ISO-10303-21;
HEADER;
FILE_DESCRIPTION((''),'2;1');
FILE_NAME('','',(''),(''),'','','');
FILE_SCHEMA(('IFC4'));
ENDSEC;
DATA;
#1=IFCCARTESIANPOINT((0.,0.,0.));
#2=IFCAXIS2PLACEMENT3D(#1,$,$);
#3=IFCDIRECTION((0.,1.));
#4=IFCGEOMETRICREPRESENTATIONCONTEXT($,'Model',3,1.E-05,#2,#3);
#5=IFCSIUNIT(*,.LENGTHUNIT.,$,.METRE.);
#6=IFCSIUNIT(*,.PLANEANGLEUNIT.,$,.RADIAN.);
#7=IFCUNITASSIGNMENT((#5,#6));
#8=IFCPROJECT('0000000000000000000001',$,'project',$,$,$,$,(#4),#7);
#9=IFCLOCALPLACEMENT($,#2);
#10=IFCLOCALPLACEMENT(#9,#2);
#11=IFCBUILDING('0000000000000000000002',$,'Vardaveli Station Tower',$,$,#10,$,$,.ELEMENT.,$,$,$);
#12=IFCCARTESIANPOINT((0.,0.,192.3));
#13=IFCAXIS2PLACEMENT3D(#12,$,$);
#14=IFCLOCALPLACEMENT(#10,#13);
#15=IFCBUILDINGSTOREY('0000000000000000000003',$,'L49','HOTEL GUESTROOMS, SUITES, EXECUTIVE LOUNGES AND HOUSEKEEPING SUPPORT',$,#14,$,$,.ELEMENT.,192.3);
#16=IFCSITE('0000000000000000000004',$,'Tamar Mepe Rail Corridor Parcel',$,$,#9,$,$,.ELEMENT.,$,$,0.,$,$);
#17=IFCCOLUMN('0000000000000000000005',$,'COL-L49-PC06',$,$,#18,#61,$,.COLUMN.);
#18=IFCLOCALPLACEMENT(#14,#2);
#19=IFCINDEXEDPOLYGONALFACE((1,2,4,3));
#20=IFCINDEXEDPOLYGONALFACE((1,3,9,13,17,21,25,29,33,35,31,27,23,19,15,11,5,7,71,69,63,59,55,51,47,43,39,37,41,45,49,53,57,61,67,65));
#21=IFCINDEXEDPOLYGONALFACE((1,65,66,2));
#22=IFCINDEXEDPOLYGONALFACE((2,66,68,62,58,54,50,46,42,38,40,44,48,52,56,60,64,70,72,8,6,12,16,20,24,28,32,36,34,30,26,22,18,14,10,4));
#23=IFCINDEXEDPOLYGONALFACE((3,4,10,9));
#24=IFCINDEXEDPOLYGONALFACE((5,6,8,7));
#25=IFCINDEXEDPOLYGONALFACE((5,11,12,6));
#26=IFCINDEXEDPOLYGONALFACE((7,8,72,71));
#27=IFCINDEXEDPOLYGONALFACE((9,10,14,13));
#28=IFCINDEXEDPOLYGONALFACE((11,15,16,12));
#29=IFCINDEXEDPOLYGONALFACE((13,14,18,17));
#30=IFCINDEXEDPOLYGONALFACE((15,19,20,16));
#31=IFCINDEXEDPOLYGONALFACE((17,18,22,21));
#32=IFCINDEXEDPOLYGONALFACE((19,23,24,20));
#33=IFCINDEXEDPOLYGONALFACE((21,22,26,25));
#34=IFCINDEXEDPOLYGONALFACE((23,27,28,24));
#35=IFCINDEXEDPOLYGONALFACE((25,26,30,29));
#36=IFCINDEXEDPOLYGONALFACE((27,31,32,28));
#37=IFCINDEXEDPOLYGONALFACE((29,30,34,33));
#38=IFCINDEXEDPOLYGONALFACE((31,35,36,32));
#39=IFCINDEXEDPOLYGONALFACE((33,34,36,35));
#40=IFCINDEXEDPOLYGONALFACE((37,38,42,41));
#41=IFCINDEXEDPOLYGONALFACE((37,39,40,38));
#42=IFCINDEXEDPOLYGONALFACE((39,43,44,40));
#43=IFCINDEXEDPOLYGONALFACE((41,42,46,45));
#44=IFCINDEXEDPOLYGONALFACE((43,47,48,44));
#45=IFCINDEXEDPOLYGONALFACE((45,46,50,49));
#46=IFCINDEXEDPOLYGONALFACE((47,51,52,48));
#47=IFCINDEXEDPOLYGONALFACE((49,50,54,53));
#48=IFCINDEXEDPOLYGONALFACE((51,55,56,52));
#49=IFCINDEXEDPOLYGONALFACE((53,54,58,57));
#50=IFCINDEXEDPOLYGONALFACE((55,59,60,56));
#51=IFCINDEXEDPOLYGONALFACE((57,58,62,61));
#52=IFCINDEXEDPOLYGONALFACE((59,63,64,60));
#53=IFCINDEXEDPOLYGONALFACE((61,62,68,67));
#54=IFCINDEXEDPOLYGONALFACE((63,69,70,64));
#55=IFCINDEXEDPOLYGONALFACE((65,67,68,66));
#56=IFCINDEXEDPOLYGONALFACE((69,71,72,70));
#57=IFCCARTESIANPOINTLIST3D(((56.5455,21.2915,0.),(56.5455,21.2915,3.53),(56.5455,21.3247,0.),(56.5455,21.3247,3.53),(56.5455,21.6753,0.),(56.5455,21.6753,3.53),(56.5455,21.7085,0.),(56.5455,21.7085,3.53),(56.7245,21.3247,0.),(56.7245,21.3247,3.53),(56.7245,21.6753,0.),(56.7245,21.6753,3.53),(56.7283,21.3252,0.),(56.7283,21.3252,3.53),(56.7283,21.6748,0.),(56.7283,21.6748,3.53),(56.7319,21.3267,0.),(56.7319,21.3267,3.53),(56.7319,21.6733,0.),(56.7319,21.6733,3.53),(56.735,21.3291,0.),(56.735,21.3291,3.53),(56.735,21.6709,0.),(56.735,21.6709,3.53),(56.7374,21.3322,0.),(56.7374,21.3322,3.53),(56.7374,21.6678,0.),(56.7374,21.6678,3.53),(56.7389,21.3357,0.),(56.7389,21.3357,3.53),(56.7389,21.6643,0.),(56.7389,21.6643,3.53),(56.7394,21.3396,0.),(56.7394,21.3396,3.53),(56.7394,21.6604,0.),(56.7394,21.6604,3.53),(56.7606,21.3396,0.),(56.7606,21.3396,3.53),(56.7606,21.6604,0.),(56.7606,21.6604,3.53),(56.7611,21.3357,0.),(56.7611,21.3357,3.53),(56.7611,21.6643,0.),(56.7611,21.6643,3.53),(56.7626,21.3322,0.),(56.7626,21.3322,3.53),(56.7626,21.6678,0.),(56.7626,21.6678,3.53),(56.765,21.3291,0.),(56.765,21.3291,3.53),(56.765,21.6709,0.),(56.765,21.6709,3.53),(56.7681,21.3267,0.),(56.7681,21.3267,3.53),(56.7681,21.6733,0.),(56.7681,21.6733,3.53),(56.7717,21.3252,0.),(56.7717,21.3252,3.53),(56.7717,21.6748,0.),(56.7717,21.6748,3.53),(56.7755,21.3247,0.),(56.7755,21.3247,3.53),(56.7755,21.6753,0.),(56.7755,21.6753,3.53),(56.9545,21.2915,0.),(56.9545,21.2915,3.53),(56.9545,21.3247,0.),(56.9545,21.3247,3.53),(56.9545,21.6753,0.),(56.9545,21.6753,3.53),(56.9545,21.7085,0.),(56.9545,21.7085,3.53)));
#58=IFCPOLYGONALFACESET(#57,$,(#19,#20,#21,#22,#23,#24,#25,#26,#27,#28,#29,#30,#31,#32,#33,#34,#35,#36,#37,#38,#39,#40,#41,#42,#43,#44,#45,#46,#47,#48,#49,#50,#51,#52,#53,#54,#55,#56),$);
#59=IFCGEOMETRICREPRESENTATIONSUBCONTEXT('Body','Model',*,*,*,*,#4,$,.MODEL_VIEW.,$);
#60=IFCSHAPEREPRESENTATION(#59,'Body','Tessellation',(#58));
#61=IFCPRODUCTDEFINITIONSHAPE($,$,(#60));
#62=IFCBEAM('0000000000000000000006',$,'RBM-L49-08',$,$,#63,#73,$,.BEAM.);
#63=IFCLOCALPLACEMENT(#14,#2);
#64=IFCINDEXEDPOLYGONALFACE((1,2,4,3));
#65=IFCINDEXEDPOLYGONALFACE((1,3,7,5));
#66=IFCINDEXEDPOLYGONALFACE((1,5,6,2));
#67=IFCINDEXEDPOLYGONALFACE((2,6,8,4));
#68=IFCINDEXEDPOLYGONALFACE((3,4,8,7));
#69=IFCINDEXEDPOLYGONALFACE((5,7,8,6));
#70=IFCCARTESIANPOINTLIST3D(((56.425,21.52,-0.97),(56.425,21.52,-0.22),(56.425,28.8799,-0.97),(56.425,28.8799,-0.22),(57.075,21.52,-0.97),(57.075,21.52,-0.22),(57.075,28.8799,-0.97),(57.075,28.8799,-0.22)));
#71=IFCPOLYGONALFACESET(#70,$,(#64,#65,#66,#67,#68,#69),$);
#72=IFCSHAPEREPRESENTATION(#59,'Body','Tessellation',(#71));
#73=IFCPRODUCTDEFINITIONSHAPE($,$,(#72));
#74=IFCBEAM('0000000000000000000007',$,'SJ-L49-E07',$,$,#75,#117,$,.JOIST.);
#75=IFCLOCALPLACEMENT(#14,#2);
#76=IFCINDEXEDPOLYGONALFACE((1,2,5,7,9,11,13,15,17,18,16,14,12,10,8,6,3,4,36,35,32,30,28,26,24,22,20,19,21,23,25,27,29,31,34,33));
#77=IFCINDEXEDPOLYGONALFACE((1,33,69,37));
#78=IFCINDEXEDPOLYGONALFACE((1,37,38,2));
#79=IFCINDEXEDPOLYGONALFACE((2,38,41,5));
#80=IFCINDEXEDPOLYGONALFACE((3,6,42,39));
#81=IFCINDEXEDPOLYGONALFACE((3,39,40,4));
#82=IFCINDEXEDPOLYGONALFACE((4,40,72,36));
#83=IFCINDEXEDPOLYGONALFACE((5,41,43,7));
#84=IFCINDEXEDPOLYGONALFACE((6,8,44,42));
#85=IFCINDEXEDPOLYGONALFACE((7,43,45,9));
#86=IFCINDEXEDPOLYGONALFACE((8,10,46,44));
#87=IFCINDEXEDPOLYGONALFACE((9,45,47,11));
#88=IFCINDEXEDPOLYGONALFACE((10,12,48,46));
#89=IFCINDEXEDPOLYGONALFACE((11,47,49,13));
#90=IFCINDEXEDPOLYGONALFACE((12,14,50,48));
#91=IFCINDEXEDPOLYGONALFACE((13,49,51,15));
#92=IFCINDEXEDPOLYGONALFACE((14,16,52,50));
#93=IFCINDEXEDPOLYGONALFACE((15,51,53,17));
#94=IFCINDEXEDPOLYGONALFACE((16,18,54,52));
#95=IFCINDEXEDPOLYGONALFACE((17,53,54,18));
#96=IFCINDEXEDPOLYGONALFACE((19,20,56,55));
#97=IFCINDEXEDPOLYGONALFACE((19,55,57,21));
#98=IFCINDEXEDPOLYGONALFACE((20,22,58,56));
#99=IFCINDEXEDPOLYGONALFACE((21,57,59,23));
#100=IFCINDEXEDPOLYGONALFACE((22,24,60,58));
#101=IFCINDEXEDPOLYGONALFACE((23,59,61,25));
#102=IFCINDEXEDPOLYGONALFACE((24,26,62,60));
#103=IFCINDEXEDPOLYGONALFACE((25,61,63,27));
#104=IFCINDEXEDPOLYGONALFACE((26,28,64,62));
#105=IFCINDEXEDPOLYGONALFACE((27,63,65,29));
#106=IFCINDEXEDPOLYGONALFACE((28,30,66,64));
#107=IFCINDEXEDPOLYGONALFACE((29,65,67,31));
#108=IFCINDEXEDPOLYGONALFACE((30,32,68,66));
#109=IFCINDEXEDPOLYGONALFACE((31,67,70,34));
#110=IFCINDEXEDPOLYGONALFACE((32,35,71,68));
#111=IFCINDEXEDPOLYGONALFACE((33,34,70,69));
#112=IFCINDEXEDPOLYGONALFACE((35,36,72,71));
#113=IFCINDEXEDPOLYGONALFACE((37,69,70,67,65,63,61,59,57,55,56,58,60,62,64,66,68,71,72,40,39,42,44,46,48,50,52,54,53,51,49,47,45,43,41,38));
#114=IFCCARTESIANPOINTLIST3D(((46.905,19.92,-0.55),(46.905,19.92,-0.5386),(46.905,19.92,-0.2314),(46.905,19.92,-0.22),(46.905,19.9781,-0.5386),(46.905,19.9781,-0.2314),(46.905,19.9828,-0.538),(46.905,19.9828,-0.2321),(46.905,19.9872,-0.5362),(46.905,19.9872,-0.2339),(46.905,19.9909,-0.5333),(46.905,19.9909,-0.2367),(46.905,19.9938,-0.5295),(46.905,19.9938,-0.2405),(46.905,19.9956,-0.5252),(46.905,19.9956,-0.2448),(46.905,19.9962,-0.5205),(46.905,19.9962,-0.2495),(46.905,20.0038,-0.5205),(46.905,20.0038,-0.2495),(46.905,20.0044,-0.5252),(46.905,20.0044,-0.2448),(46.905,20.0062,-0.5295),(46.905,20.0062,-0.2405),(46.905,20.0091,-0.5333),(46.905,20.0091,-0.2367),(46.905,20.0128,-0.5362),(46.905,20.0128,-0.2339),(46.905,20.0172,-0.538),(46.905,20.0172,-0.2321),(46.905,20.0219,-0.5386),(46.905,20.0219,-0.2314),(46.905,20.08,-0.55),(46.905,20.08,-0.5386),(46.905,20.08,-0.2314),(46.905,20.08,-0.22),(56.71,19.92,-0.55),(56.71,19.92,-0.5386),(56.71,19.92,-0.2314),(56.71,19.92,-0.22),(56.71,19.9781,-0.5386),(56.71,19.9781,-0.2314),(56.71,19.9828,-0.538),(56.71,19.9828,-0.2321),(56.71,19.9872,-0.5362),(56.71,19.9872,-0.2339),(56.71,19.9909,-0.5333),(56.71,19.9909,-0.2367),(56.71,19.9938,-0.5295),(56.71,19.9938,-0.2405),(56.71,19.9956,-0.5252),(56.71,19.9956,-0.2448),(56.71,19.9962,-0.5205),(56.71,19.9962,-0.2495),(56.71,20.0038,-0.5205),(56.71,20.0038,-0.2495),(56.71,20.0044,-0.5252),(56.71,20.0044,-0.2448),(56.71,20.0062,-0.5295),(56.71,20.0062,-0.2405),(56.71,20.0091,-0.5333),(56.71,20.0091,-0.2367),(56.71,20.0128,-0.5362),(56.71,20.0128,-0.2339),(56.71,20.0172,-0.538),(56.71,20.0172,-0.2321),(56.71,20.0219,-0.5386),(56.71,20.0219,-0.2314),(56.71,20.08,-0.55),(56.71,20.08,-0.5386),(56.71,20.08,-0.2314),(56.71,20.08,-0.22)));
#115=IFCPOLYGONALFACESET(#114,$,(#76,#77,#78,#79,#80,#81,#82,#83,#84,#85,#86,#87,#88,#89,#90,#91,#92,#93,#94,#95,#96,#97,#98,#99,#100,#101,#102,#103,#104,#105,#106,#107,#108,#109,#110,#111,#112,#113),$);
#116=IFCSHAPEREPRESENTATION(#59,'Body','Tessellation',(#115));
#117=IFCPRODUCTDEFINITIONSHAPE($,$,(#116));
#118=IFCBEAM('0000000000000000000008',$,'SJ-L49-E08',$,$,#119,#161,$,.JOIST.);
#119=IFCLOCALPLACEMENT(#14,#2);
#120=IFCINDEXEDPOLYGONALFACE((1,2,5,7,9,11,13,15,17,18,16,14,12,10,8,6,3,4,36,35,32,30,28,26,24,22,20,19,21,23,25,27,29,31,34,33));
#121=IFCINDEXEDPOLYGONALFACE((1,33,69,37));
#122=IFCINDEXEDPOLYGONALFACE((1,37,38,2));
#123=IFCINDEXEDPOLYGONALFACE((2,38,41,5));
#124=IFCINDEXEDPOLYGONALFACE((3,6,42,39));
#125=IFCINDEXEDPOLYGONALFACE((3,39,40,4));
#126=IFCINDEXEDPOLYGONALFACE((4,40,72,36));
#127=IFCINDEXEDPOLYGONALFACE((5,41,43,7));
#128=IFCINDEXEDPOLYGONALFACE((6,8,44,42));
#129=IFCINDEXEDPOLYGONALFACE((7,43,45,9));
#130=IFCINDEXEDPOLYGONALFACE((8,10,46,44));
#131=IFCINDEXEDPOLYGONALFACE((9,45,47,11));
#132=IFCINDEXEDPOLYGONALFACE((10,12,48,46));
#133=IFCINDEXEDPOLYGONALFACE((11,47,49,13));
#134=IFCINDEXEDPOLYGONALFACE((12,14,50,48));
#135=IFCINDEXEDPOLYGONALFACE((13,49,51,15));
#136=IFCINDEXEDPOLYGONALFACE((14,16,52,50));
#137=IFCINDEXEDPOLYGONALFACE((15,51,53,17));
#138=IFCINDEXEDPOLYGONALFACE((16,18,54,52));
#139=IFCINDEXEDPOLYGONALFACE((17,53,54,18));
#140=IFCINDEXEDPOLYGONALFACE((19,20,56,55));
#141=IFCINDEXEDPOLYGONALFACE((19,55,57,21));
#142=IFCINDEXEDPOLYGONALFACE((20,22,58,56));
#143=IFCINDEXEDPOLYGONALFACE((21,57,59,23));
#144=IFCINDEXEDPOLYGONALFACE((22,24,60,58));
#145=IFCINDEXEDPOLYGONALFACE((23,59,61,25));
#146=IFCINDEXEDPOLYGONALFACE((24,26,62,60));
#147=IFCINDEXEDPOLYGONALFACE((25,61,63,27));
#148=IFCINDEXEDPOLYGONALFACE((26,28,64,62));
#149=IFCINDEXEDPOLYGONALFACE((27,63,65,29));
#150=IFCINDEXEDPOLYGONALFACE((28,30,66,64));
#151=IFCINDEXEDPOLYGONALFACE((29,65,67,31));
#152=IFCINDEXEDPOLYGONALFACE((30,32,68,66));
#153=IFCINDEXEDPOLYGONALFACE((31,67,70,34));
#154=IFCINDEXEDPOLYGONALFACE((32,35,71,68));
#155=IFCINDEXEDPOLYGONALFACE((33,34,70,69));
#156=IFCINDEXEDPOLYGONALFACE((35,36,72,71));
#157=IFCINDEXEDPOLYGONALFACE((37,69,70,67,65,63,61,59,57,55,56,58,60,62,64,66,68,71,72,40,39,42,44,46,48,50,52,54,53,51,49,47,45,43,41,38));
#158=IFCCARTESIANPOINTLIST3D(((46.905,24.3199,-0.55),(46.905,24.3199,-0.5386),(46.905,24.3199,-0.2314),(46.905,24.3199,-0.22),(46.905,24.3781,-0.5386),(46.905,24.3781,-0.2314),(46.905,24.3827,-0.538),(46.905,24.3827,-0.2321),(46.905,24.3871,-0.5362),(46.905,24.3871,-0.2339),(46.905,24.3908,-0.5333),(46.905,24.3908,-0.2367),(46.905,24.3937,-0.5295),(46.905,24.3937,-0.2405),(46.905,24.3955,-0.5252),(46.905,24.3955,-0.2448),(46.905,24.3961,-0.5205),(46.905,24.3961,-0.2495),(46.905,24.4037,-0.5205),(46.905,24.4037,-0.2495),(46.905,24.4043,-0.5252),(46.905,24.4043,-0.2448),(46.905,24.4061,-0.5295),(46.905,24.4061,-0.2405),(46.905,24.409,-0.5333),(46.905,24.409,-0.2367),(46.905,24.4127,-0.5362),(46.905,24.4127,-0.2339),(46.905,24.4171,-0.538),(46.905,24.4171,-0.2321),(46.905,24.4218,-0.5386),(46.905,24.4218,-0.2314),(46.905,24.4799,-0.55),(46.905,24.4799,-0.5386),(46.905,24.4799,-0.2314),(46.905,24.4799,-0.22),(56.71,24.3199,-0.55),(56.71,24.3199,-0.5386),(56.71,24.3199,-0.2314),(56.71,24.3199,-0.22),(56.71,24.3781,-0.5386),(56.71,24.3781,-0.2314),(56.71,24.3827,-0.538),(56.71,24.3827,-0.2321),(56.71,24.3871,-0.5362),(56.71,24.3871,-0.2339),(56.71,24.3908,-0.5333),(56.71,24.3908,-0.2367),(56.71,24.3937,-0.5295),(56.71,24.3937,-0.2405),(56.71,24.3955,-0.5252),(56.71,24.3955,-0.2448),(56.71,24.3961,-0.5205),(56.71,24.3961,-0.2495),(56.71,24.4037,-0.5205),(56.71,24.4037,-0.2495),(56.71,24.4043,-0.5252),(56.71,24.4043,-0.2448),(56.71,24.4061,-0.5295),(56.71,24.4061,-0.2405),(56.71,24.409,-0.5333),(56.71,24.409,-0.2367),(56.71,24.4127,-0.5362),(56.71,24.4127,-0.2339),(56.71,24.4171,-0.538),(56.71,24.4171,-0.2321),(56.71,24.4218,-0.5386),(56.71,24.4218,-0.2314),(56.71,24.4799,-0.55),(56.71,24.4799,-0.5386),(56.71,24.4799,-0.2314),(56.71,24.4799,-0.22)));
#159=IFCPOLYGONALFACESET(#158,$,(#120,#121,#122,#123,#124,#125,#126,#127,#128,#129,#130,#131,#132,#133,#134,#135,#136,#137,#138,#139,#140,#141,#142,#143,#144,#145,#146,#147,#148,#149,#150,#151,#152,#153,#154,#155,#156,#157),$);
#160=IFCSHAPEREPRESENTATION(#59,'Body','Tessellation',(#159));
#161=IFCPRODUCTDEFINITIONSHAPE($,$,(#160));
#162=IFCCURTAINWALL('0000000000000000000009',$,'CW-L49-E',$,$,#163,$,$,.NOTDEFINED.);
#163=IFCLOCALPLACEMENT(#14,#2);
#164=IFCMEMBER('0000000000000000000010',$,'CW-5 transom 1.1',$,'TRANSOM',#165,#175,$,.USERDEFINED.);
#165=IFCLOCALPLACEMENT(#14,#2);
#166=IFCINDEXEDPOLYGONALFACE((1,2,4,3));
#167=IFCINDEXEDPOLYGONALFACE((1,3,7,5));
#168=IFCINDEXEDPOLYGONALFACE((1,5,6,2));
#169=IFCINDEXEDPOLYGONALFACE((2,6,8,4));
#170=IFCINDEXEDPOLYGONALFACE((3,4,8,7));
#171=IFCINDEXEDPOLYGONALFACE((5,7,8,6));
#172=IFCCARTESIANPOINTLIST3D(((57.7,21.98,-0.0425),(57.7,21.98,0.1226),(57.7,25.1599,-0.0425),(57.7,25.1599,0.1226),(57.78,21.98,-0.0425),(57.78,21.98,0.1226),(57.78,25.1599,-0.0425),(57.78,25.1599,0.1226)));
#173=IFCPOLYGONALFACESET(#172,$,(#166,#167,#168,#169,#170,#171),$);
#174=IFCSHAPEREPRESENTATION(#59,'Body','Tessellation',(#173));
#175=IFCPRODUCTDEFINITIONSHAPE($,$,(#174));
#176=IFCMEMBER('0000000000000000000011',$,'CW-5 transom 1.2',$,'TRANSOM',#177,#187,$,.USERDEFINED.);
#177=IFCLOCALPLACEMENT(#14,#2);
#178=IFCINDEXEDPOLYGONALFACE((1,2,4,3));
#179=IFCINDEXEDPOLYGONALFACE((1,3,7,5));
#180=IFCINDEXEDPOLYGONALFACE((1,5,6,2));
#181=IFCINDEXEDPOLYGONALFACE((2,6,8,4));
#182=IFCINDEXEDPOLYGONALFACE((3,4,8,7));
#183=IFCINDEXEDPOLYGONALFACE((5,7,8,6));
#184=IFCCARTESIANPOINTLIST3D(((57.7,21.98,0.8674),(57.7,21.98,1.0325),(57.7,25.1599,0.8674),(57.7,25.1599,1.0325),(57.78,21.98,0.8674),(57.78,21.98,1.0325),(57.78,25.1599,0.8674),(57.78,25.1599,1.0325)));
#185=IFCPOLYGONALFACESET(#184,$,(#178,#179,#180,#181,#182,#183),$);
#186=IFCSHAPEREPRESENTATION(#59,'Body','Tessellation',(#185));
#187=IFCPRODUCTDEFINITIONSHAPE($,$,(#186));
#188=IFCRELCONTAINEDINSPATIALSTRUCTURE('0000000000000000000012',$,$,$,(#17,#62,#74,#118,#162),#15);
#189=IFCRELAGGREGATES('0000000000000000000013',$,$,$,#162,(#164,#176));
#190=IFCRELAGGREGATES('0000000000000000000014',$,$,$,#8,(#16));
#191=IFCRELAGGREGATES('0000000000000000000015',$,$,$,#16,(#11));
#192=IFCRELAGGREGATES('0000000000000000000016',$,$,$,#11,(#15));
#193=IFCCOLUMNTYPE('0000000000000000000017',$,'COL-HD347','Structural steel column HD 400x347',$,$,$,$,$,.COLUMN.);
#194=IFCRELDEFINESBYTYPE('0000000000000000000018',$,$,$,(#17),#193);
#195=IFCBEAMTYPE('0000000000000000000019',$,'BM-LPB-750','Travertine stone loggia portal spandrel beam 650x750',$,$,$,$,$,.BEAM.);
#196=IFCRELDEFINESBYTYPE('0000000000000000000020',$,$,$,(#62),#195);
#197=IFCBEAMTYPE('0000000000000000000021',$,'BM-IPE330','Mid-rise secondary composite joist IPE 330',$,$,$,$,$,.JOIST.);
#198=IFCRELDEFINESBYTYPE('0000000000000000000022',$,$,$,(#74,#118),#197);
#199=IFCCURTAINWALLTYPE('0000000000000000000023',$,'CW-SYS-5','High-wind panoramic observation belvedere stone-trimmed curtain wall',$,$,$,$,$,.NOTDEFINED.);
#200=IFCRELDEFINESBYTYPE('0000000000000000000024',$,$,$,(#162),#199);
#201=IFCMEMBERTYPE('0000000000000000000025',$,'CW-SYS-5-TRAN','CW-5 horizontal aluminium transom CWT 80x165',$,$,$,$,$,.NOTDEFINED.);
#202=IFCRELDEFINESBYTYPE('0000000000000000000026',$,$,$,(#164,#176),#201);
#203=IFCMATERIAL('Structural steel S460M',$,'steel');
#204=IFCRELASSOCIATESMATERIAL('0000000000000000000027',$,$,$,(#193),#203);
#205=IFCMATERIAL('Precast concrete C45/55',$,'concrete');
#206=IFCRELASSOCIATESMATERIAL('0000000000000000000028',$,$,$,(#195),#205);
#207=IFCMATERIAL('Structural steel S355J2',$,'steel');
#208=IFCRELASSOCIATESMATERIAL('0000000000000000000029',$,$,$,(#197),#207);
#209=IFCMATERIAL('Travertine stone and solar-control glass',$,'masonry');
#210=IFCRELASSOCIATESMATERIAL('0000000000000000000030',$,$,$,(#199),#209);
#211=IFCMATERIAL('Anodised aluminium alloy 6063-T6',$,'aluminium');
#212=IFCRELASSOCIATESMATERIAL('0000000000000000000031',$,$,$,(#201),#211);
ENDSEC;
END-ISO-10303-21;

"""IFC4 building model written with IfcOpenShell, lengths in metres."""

from ifc_helpers import new_model, si_unit, direction, frame, origin, origin_2d, place, context, subcontext, project, spatial, rectangle, i_section, extrude, source, transform, mapped, material, material_profile, profile_set, type_object, element, aggregate, save


model = new_model("IFC4")

# Units and contexts
model_context = context("Model", 3, precision=1e-05, world=origin(), true_north=direction((0.0, 1.0)))
body_context = subcontext(model_context, "Body", "Model", "MODEL_VIEW")
ifc_project = project(units=[si_unit("LENGTHUNIT", "METRE"), si_unit("PLANEANGLEUNIT", "RADIAN")], contexts=[model_context])

# Site, building, storey
site_placement = place(None, origin())
site = spatial("IfcSite", under=ifc_project, at=site_placement, Name="Tamar Mepe Rail Corridor Parcel", CompositionType="ELEMENT", RefElevation=0.0)
building_placement = place(site_placement, origin())
building = spatial("IfcBuilding", under=site, at=building_placement, Name="Vardaveli Station Tower", CompositionType="ELEMENT")
storey_placement = place(building_placement, frame((0.0, 0.0, 192.3)))
storey = spatial("IfcBuildingStorey", under=building, at=storey_placement, Name="L49", Description="HOTEL GUESTROOMS, SUITES, EXECUTIVE LOUNGES AND HOUSEKEEPING SUPPORT", CompositionType="ELEMENT", Elevation=192.3)

# Column
ifc_material_1 = material(Name="Structural steel S460M", Category="steel")
ifc_material_profile_1 = material_profile(ifc_material_1, i_section(OverallWidth=0.4089, OverallDepth=0.417, WebThickness=0.0212, FlangeThickness=0.0332, FilletRadius=0.0149, at=origin_2d()), Name="HD 400x347")
ifc_profile_set_1 = profile_set([ifc_material_profile_1], Name="Structural steel S460M")
column_type = type_object("IfcColumnType", Name="COL-HD347", Description="Structural steel column HD 400x347", PredefinedType="COLUMN", material=ifc_profile_set_1)
shared_shape_1 = source(origin(), body_context, "Body", "SweptSolid", [
    extrude(i_section(OverallWidth=0.4089, OverallDepth=0.417, WebThickness=0.0212, FlangeThickness=0.0332, FilletRadius=0.0149, at=origin_2d()), origin(), (0.0, 0.0, 1.0), 3.53),
])
column_placement = place(storey_placement, frame((56.75, 21.5, 0.0), z_axis=(0.0, 0.0, 1.0), x_axis=(1.0, 0.0, 0.0)))
element("IfcColumn", 1, at=column_placement, inside=storey, type_object=column_type, Name="COL-L49-PC06", PredefinedType="COLUMN", context=body_context, shape_type="MappedRepresentation", body=[
    mapped(shared_shape_1, transform((0.0, 0.0, 0.0), scale=1.0)),
])

# Beams
ifc_material_2 = material(Name="Precast concrete C45/55", Category="concrete")
ifc_material_profile_2 = material_profile(ifc_material_2, rectangle(XDim=0.6499, YDim=0.75, at=origin_2d()), Name="LPB 650x750")
ifc_profile_set_2 = profile_set([ifc_material_profile_2], Name="Precast concrete C45/55")
beam_type_1 = type_object("IfcBeamType", Name="BM-LPB-750", Description="Travertine stone loggia portal spandrel beam 650x750", PredefinedType="BEAM", material=ifc_profile_set_2)
shared_shape_2 = source(origin(), body_context, "Body", "SweptSolid", [
    extrude(rectangle(XDim=0.6499, YDim=0.75, at=origin_2d()), origin(), (0.0, 0.0, 1.0), 7.3599),
])
beam_placement = place(storey_placement, frame((56.75, 21.52, -0.595), z_axis=(0.0, 1.0, 0.0), x_axis=(-1.0, 0.0, 0.0)))
element("IfcBeam", 2, at=beam_placement, inside=storey, type_object=beam_type_1, Name="RBM-L49-08", PredefinedType="BEAM", context=body_context, shape_type="MappedRepresentation", body=[
    mapped(shared_shape_2, transform((0.0, 0.0, 0.0), scale=1.0)),
])
ifc_material_3 = material(Name="Structural steel S355J2", Category="steel")
ifc_material_profile_3 = material_profile(ifc_material_3, i_section(OverallWidth=0.1599, OverallDepth=0.3301, WebThickness=0.0076, FlangeThickness=0.0115, FilletRadius=0.0181, at=origin_2d()), Name="IPE 330")
ifc_profile_set_3 = profile_set([ifc_material_profile_3], Name="Structural steel S355J2")
beam_type_2 = type_object("IfcBeamType", Name="BM-IPE330", Description="Mid-rise secondary composite joist IPE 330", PredefinedType="JOIST", material=ifc_profile_set_3)
shared_shape_3 = source(origin(), body_context, "Body", "SweptSolid", [
    extrude(i_section(OverallWidth=0.1599, OverallDepth=0.3301, WebThickness=0.0076, FlangeThickness=0.0115, FilletRadius=0.0181, at=origin_2d()), origin(), (0.0, 0.0, 1.0), 9.8049),
])
for number, where, z_axis, x_axis, name in (
    (3, (46.905, 20.0, -0.385), (1.0, 0.0, 0.0), (0.0, 1.0, 0.0), "SJ-L49-E07"),
    (4, (46.905, 24.3999, -0.385), (1.0, 0.0, 0.0), (0.0, 1.0, 0.0), "SJ-L49-E08"),
):
    element("IfcBeam", number, at=place(storey_placement, frame(where, z_axis=z_axis, x_axis=x_axis)), inside=storey, type_object=beam_type_2, Name=name, PredefinedType="JOIST", context=body_context, shape_type="MappedRepresentation", body=[
        mapped(shared_shape_3, transform((0.0, 0.0, 0.0), scale=1.0)),
    ])

# Curtain wall, members
ifc_material_4 = material(Name="Travertine stone and solar-control glass", Category="masonry")
curtain_wall_type = type_object("IfcCurtainWallType", Name="CW-SYS-5", Description="High-wind panoramic observation belvedere stone-trimmed curtain wall", PredefinedType="NOTDEFINED", material=ifc_material_4)
curtain_wall_placement = place(storey_placement, origin())
curtain_wall = element("IfcCurtainWall", 5, at=curtain_wall_placement, inside=storey, type_object=curtain_wall_type, Name="CW-L49-E", PredefinedType="NOTDEFINED")
ifc_material_5 = material(Name="Anodised aluminium alloy 6063-T6", Category="aluminium")
ifc_material_profile_4 = material_profile(ifc_material_5, rectangle(XDim=0.0801, YDim=0.165, at=origin_2d()), Name="CWT 80x165")
ifc_profile_set_4 = profile_set([ifc_material_profile_4], Name="Anodised aluminium alloy 6063-T6")
member_type_1 = type_object("IfcMemberType", Name="CW-SYS-5-TRAN", Description="CW-5 horizontal aluminium transom CWT 80x165", PredefinedType="NOTDEFINED", material=ifc_profile_set_4)
shared_shape_4 = source(origin(), body_context, "Body", "SweptSolid", [
    extrude(rectangle(XDim=0.0801, YDim=0.165, at=origin_2d()), origin(), (0.0, 0.0, 1.0), 3.1799),
])
member_1_placement = place(storey_placement, frame((57.74, 21.98, 0.04), z_axis=(0.0, 1.0, 0.0), x_axis=(-1.0, 0.0, 0.0)))
member_1 = element("IfcMember", 6, at=member_1_placement, type_object=member_type_1, Name="CW-5 transom 1.1", ObjectType="TRANSOM", PredefinedType="USERDEFINED", context=body_context, shape_type="MappedRepresentation", body=[
    mapped(shared_shape_4, transform((0.0, 0.0, 0.0), scale=1.0)),
])
member_2_placement = place(storey_placement, frame((57.74, 21.98, 0.95), z_axis=(0.0, 1.0, 0.0), x_axis=(-1.0, 0.0, 0.0)))
member_2 = element("IfcMember", 7, at=member_2_placement, type_object=member_type_1, Name="CW-5 transom 1.2", ObjectType="TRANSOM", PredefinedType="USERDEFINED", context=body_context, shape_type="MappedRepresentation", body=[
    mapped(shared_shape_4, transform((0.0, 0.0, 0.0), scale=1.0)),
])
aggregate(curtain_wall, [member_1, member_2])

save(model, "model.ifc")
